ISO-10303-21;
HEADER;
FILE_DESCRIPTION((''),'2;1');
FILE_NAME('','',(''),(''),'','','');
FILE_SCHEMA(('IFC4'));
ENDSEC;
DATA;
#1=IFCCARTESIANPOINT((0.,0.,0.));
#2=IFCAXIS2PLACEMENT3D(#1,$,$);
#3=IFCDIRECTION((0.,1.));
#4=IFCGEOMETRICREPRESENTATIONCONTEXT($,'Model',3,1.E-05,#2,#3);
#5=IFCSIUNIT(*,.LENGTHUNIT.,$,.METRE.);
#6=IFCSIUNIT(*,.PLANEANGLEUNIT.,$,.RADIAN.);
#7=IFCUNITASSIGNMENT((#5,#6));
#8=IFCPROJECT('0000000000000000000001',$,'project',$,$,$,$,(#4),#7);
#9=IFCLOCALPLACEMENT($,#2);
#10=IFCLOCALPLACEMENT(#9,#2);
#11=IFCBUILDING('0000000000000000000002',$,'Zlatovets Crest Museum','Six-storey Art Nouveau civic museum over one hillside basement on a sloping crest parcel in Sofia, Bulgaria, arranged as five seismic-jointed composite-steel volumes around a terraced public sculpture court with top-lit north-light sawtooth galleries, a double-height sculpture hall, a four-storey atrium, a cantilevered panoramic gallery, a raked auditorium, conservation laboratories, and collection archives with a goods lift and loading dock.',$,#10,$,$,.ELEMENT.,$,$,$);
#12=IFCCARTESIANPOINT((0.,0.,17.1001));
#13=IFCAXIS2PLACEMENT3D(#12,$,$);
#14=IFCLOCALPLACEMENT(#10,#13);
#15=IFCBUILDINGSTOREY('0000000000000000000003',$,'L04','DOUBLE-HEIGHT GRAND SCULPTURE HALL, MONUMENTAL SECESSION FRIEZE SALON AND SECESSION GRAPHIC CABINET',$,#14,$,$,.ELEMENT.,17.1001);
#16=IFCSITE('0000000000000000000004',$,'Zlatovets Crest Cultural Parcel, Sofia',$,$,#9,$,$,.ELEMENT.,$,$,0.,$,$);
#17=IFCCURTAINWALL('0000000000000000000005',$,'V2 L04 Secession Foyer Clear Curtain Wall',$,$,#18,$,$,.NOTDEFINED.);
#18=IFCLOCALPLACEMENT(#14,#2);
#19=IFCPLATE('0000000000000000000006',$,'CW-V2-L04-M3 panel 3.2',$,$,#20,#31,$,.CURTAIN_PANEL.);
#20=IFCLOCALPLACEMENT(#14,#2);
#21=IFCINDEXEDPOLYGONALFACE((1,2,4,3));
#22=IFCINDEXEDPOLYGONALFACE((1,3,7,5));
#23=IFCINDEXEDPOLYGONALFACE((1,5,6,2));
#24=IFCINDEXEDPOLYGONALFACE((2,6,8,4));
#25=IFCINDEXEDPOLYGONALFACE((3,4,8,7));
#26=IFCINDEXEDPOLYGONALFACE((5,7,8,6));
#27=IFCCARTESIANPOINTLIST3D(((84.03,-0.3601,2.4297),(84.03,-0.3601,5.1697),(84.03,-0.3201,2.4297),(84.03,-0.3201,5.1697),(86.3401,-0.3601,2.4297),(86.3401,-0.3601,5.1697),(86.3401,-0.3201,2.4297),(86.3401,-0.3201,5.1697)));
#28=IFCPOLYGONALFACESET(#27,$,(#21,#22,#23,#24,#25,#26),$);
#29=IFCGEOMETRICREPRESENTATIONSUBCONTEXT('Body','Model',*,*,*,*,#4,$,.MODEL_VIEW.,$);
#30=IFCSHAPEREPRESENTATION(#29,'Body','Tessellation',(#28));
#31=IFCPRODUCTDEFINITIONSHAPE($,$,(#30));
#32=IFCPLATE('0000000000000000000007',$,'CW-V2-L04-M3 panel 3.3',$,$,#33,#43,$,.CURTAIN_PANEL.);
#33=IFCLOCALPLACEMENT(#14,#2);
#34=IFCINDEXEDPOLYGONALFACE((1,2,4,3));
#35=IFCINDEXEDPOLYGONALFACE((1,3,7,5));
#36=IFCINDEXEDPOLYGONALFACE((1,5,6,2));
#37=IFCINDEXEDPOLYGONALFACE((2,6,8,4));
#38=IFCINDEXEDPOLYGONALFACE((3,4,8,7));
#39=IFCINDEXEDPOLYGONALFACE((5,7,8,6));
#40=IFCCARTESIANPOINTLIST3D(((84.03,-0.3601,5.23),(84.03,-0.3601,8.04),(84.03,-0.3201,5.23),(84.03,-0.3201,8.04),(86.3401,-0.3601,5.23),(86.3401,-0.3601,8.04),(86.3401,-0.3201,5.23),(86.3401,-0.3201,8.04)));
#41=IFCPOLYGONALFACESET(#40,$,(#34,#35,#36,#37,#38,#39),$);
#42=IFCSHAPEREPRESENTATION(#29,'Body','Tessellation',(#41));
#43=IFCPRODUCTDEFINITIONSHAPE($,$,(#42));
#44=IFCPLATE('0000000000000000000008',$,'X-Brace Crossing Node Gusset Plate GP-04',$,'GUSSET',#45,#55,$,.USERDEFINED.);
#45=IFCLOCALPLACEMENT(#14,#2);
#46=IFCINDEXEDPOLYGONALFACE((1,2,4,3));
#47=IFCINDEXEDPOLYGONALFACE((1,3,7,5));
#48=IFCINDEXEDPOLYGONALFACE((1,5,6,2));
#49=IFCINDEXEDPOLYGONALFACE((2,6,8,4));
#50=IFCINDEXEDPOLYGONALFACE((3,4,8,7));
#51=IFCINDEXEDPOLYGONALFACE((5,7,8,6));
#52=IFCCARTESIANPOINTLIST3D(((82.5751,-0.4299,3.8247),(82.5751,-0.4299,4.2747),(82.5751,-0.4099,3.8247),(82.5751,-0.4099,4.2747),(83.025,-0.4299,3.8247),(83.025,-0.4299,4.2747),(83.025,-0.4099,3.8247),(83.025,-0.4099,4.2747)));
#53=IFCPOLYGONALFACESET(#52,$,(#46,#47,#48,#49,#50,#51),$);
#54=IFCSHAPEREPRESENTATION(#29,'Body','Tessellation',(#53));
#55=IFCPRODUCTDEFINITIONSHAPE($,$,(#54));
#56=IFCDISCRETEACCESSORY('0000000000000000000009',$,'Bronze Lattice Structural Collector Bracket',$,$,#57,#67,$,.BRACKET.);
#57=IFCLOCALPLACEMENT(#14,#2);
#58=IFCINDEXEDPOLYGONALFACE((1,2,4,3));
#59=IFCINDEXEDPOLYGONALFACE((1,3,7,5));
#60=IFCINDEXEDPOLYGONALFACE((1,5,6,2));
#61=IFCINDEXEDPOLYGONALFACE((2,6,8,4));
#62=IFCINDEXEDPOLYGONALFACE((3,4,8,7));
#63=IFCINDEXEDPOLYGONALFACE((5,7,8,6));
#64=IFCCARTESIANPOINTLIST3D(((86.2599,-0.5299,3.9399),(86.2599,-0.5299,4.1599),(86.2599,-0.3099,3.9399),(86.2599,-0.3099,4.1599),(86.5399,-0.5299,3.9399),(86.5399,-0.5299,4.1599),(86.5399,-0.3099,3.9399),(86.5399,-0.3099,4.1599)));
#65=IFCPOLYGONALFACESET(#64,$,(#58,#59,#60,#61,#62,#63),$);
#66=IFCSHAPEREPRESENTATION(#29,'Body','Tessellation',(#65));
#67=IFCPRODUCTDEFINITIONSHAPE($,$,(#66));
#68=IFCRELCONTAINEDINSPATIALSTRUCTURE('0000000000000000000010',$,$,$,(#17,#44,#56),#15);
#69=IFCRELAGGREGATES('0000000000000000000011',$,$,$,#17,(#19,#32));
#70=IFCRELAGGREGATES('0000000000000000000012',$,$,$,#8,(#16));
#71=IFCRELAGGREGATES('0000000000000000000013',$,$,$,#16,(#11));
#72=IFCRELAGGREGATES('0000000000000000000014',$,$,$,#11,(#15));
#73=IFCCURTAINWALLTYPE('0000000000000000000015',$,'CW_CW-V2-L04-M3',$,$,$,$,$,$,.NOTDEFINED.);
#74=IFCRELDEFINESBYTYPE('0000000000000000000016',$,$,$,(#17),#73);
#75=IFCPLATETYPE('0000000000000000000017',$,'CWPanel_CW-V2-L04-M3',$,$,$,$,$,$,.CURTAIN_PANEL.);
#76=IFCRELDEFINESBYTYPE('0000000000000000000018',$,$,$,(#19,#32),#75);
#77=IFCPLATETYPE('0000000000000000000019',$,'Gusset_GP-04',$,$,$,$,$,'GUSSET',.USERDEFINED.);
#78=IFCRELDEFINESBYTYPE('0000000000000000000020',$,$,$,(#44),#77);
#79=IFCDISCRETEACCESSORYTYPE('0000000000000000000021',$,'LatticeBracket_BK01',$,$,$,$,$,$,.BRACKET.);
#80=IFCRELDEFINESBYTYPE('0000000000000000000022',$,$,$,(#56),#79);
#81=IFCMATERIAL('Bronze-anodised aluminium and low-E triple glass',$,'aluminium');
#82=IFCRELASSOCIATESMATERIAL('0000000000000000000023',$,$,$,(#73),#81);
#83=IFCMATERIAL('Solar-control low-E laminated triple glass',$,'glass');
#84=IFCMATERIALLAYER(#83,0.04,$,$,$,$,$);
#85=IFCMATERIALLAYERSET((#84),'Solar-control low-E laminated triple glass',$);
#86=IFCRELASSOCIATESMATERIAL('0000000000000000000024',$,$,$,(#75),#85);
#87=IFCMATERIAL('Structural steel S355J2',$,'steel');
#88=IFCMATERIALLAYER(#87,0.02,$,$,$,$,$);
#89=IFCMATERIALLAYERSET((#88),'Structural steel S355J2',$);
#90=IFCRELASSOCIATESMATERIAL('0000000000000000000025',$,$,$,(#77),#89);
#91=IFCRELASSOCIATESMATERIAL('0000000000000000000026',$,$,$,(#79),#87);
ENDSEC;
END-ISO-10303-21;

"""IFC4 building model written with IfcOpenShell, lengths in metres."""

from ifc_helpers import new_model, si_unit, direction, frame, origin, origin_2d, place, context, subcontext, project, spatial, rectangle, extrude, material, layer, layer_set, type_object, element, aggregate, save


model = new_model("IFC4")

# Units and contexts
model_context = context("Model", 3, precision=1e-05, world=origin(), true_north=direction((0.0, 1.0)))
body_context = subcontext(model_context, "Body", "Model", "MODEL_VIEW")
ifc_project = project(units=[si_unit("LENGTHUNIT", "METRE"), si_unit("PLANEANGLEUNIT", "RADIAN")], contexts=[model_context])

# Site, building, storey
site_placement = place(None, origin())
site = spatial("IfcSite", under=ifc_project, at=site_placement, Name="Zlatovets Crest Cultural Parcel, Sofia", CompositionType="ELEMENT", RefElevation=0.0)
building_placement = place(site_placement, origin())
building = spatial("IfcBuilding", under=site, at=building_placement, Name="Zlatovets Crest Museum", Description="Six-storey Art Nouveau civic museum over one hillside basement on a sloping crest parcel in Sofia, Bulgaria, arranged as five seismic-jointed composite-steel volumes around a terraced public sculpture court with top-lit north-light sawtooth galleries, a double-height sculpture hall, a four-storey atrium, a cantilevered panoramic gallery, a raked auditorium, conservation laboratories, and collection archives with a goods lift and loading dock.", CompositionType="ELEMENT")
storey_placement = place(building_placement, frame((0.0, 0.0, 17.1001)))
storey = spatial("IfcBuildingStorey", under=building, at=storey_placement, Name="L04", Description="DOUBLE-HEIGHT GRAND SCULPTURE HALL, MONUMENTAL SECESSION FRIEZE SALON AND SECESSION GRAPHIC CABINET", CompositionType="ELEMENT", Elevation=17.1001)

# Shared definitions
ifc_material_1 = material(Name="Structural steel S355J2", Category="steel")

# Curtain wall
ifc_material_2 = material(Name="Bronze-anodised aluminium and low-E triple glass", Category="aluminium")
curtain_wall_type_1 = type_object("IfcCurtainWallType", Name="CW_CW-V2-L04-M3", PredefinedType="NOTDEFINED", material=ifc_material_2)
curtain_wall_1_placement = place(storey_placement, origin())
curtain_wall_1 = element("IfcCurtainWall", 1, at=curtain_wall_1_placement, inside=storey, type_object=curtain_wall_type_1, Name="V2 L04 Secession Foyer Clear Curtain Wall", PredefinedType="NOTDEFINED")

# Plates
ifc_material_3 = material(Name="Solar-control low-E laminated triple glass", Category="glass")
ifc_layer_1 = layer(ifc_material_3, 0.04)
ifc_layer_set_1 = layer_set([ifc_layer_1], Name="Solar-control low-E laminated triple glass")
plate_type_1 = type_object("IfcPlateType", Name="CWPanel_CW-V2-L04-M3", PredefinedType="CURTAIN_PANEL", material=ifc_layer_set_1)
plate_1_placement = place(storey_placement, frame((85.1851, -0.3401, 2.4297), z_axis=(0.0, 0.0, 1.0), x_axis=(1.0, 0.0, 0.0)))
plate_1 = element("IfcPlate", 2, at=plate_1_placement, type_object=plate_type_1, Name="CW-V2-L04-M3 panel 3.2", PredefinedType="CURTAIN_PANEL", context=body_context, shape_type="SweptSolid", body=[
    extrude(rectangle(XDim=2.3101, YDim=0.04, at=origin_2d()), origin(), (0.0, 0.0, 1.0), 2.74),
])
plate_2_placement = place(storey_placement, frame((85.1851, -0.3401, 5.23), z_axis=(0.0, 0.0, 1.0), x_axis=(1.0, 0.0, 0.0)))
plate_2 = element("IfcPlate", 3, at=plate_2_placement, type_object=plate_type_1, Name="CW-V2-L04-M3 panel 3.3", PredefinedType="CURTAIN_PANEL", context=body_context, shape_type="SweptSolid", body=[
    extrude(rectangle(XDim=2.3101, YDim=0.04, at=origin_2d()), origin(), (0.0, 0.0, 1.0), 2.8101),
])
aggregate(curtain_wall_1, [plate_1, plate_2])
ifc_layer_2 = layer(ifc_material_1, 0.02)
ifc_layer_set_2 = layer_set([ifc_layer_2], Name="Structural steel S355J2")
plate_type_2 = type_object("IfcPlateType", Name="Gusset_GP-04", ElementType="GUSSET", PredefinedType="USERDEFINED", material=ifc_layer_set_2)
plate_3_placement = place(storey_placement, frame((82.8, -0.4199, 3.8247), z_axis=(0.0, 0.0, 1.0), x_axis=(1.0, 0.0, 0.0)))
element("IfcPlate", 4, at=plate_3_placement, inside=storey, type_object=plate_type_2, Name="X-Brace Crossing Node Gusset Plate GP-04", ObjectType="GUSSET", PredefinedType="USERDEFINED", context=body_context, shape_type="SweptSolid", body=[
    extrude(rectangle(XDim=0.45, YDim=0.02, at=origin_2d()), origin(), (0.0, 0.0, 1.0), 0.45),
])

# Discrete accessory
discrete_accessory_type = type_object("IfcDiscreteAccessoryType", Name="LatticeBracket_BK01", PredefinedType="BRACKET", material=ifc_material_1)
discrete_accessory_placement = place(storey_placement, frame((86.3999, -0.4199, 3.9399), z_axis=(0.0, 0.0, 1.0), x_axis=(1.0, 0.0, 0.0)))
element("IfcDiscreteAccessory", 5, at=discrete_accessory_placement, inside=storey, type_object=discrete_accessory_type, Name="Bronze Lattice Structural Collector Bracket", PredefinedType="BRACKET", context=body_context, shape_type="SweptSolid", body=[
    extrude(rectangle(XDim=0.28, YDim=0.22, at=origin_2d()), origin(), (0.0, 0.0, 1.0), 0.22),
])

save(model, "model.ifc")
